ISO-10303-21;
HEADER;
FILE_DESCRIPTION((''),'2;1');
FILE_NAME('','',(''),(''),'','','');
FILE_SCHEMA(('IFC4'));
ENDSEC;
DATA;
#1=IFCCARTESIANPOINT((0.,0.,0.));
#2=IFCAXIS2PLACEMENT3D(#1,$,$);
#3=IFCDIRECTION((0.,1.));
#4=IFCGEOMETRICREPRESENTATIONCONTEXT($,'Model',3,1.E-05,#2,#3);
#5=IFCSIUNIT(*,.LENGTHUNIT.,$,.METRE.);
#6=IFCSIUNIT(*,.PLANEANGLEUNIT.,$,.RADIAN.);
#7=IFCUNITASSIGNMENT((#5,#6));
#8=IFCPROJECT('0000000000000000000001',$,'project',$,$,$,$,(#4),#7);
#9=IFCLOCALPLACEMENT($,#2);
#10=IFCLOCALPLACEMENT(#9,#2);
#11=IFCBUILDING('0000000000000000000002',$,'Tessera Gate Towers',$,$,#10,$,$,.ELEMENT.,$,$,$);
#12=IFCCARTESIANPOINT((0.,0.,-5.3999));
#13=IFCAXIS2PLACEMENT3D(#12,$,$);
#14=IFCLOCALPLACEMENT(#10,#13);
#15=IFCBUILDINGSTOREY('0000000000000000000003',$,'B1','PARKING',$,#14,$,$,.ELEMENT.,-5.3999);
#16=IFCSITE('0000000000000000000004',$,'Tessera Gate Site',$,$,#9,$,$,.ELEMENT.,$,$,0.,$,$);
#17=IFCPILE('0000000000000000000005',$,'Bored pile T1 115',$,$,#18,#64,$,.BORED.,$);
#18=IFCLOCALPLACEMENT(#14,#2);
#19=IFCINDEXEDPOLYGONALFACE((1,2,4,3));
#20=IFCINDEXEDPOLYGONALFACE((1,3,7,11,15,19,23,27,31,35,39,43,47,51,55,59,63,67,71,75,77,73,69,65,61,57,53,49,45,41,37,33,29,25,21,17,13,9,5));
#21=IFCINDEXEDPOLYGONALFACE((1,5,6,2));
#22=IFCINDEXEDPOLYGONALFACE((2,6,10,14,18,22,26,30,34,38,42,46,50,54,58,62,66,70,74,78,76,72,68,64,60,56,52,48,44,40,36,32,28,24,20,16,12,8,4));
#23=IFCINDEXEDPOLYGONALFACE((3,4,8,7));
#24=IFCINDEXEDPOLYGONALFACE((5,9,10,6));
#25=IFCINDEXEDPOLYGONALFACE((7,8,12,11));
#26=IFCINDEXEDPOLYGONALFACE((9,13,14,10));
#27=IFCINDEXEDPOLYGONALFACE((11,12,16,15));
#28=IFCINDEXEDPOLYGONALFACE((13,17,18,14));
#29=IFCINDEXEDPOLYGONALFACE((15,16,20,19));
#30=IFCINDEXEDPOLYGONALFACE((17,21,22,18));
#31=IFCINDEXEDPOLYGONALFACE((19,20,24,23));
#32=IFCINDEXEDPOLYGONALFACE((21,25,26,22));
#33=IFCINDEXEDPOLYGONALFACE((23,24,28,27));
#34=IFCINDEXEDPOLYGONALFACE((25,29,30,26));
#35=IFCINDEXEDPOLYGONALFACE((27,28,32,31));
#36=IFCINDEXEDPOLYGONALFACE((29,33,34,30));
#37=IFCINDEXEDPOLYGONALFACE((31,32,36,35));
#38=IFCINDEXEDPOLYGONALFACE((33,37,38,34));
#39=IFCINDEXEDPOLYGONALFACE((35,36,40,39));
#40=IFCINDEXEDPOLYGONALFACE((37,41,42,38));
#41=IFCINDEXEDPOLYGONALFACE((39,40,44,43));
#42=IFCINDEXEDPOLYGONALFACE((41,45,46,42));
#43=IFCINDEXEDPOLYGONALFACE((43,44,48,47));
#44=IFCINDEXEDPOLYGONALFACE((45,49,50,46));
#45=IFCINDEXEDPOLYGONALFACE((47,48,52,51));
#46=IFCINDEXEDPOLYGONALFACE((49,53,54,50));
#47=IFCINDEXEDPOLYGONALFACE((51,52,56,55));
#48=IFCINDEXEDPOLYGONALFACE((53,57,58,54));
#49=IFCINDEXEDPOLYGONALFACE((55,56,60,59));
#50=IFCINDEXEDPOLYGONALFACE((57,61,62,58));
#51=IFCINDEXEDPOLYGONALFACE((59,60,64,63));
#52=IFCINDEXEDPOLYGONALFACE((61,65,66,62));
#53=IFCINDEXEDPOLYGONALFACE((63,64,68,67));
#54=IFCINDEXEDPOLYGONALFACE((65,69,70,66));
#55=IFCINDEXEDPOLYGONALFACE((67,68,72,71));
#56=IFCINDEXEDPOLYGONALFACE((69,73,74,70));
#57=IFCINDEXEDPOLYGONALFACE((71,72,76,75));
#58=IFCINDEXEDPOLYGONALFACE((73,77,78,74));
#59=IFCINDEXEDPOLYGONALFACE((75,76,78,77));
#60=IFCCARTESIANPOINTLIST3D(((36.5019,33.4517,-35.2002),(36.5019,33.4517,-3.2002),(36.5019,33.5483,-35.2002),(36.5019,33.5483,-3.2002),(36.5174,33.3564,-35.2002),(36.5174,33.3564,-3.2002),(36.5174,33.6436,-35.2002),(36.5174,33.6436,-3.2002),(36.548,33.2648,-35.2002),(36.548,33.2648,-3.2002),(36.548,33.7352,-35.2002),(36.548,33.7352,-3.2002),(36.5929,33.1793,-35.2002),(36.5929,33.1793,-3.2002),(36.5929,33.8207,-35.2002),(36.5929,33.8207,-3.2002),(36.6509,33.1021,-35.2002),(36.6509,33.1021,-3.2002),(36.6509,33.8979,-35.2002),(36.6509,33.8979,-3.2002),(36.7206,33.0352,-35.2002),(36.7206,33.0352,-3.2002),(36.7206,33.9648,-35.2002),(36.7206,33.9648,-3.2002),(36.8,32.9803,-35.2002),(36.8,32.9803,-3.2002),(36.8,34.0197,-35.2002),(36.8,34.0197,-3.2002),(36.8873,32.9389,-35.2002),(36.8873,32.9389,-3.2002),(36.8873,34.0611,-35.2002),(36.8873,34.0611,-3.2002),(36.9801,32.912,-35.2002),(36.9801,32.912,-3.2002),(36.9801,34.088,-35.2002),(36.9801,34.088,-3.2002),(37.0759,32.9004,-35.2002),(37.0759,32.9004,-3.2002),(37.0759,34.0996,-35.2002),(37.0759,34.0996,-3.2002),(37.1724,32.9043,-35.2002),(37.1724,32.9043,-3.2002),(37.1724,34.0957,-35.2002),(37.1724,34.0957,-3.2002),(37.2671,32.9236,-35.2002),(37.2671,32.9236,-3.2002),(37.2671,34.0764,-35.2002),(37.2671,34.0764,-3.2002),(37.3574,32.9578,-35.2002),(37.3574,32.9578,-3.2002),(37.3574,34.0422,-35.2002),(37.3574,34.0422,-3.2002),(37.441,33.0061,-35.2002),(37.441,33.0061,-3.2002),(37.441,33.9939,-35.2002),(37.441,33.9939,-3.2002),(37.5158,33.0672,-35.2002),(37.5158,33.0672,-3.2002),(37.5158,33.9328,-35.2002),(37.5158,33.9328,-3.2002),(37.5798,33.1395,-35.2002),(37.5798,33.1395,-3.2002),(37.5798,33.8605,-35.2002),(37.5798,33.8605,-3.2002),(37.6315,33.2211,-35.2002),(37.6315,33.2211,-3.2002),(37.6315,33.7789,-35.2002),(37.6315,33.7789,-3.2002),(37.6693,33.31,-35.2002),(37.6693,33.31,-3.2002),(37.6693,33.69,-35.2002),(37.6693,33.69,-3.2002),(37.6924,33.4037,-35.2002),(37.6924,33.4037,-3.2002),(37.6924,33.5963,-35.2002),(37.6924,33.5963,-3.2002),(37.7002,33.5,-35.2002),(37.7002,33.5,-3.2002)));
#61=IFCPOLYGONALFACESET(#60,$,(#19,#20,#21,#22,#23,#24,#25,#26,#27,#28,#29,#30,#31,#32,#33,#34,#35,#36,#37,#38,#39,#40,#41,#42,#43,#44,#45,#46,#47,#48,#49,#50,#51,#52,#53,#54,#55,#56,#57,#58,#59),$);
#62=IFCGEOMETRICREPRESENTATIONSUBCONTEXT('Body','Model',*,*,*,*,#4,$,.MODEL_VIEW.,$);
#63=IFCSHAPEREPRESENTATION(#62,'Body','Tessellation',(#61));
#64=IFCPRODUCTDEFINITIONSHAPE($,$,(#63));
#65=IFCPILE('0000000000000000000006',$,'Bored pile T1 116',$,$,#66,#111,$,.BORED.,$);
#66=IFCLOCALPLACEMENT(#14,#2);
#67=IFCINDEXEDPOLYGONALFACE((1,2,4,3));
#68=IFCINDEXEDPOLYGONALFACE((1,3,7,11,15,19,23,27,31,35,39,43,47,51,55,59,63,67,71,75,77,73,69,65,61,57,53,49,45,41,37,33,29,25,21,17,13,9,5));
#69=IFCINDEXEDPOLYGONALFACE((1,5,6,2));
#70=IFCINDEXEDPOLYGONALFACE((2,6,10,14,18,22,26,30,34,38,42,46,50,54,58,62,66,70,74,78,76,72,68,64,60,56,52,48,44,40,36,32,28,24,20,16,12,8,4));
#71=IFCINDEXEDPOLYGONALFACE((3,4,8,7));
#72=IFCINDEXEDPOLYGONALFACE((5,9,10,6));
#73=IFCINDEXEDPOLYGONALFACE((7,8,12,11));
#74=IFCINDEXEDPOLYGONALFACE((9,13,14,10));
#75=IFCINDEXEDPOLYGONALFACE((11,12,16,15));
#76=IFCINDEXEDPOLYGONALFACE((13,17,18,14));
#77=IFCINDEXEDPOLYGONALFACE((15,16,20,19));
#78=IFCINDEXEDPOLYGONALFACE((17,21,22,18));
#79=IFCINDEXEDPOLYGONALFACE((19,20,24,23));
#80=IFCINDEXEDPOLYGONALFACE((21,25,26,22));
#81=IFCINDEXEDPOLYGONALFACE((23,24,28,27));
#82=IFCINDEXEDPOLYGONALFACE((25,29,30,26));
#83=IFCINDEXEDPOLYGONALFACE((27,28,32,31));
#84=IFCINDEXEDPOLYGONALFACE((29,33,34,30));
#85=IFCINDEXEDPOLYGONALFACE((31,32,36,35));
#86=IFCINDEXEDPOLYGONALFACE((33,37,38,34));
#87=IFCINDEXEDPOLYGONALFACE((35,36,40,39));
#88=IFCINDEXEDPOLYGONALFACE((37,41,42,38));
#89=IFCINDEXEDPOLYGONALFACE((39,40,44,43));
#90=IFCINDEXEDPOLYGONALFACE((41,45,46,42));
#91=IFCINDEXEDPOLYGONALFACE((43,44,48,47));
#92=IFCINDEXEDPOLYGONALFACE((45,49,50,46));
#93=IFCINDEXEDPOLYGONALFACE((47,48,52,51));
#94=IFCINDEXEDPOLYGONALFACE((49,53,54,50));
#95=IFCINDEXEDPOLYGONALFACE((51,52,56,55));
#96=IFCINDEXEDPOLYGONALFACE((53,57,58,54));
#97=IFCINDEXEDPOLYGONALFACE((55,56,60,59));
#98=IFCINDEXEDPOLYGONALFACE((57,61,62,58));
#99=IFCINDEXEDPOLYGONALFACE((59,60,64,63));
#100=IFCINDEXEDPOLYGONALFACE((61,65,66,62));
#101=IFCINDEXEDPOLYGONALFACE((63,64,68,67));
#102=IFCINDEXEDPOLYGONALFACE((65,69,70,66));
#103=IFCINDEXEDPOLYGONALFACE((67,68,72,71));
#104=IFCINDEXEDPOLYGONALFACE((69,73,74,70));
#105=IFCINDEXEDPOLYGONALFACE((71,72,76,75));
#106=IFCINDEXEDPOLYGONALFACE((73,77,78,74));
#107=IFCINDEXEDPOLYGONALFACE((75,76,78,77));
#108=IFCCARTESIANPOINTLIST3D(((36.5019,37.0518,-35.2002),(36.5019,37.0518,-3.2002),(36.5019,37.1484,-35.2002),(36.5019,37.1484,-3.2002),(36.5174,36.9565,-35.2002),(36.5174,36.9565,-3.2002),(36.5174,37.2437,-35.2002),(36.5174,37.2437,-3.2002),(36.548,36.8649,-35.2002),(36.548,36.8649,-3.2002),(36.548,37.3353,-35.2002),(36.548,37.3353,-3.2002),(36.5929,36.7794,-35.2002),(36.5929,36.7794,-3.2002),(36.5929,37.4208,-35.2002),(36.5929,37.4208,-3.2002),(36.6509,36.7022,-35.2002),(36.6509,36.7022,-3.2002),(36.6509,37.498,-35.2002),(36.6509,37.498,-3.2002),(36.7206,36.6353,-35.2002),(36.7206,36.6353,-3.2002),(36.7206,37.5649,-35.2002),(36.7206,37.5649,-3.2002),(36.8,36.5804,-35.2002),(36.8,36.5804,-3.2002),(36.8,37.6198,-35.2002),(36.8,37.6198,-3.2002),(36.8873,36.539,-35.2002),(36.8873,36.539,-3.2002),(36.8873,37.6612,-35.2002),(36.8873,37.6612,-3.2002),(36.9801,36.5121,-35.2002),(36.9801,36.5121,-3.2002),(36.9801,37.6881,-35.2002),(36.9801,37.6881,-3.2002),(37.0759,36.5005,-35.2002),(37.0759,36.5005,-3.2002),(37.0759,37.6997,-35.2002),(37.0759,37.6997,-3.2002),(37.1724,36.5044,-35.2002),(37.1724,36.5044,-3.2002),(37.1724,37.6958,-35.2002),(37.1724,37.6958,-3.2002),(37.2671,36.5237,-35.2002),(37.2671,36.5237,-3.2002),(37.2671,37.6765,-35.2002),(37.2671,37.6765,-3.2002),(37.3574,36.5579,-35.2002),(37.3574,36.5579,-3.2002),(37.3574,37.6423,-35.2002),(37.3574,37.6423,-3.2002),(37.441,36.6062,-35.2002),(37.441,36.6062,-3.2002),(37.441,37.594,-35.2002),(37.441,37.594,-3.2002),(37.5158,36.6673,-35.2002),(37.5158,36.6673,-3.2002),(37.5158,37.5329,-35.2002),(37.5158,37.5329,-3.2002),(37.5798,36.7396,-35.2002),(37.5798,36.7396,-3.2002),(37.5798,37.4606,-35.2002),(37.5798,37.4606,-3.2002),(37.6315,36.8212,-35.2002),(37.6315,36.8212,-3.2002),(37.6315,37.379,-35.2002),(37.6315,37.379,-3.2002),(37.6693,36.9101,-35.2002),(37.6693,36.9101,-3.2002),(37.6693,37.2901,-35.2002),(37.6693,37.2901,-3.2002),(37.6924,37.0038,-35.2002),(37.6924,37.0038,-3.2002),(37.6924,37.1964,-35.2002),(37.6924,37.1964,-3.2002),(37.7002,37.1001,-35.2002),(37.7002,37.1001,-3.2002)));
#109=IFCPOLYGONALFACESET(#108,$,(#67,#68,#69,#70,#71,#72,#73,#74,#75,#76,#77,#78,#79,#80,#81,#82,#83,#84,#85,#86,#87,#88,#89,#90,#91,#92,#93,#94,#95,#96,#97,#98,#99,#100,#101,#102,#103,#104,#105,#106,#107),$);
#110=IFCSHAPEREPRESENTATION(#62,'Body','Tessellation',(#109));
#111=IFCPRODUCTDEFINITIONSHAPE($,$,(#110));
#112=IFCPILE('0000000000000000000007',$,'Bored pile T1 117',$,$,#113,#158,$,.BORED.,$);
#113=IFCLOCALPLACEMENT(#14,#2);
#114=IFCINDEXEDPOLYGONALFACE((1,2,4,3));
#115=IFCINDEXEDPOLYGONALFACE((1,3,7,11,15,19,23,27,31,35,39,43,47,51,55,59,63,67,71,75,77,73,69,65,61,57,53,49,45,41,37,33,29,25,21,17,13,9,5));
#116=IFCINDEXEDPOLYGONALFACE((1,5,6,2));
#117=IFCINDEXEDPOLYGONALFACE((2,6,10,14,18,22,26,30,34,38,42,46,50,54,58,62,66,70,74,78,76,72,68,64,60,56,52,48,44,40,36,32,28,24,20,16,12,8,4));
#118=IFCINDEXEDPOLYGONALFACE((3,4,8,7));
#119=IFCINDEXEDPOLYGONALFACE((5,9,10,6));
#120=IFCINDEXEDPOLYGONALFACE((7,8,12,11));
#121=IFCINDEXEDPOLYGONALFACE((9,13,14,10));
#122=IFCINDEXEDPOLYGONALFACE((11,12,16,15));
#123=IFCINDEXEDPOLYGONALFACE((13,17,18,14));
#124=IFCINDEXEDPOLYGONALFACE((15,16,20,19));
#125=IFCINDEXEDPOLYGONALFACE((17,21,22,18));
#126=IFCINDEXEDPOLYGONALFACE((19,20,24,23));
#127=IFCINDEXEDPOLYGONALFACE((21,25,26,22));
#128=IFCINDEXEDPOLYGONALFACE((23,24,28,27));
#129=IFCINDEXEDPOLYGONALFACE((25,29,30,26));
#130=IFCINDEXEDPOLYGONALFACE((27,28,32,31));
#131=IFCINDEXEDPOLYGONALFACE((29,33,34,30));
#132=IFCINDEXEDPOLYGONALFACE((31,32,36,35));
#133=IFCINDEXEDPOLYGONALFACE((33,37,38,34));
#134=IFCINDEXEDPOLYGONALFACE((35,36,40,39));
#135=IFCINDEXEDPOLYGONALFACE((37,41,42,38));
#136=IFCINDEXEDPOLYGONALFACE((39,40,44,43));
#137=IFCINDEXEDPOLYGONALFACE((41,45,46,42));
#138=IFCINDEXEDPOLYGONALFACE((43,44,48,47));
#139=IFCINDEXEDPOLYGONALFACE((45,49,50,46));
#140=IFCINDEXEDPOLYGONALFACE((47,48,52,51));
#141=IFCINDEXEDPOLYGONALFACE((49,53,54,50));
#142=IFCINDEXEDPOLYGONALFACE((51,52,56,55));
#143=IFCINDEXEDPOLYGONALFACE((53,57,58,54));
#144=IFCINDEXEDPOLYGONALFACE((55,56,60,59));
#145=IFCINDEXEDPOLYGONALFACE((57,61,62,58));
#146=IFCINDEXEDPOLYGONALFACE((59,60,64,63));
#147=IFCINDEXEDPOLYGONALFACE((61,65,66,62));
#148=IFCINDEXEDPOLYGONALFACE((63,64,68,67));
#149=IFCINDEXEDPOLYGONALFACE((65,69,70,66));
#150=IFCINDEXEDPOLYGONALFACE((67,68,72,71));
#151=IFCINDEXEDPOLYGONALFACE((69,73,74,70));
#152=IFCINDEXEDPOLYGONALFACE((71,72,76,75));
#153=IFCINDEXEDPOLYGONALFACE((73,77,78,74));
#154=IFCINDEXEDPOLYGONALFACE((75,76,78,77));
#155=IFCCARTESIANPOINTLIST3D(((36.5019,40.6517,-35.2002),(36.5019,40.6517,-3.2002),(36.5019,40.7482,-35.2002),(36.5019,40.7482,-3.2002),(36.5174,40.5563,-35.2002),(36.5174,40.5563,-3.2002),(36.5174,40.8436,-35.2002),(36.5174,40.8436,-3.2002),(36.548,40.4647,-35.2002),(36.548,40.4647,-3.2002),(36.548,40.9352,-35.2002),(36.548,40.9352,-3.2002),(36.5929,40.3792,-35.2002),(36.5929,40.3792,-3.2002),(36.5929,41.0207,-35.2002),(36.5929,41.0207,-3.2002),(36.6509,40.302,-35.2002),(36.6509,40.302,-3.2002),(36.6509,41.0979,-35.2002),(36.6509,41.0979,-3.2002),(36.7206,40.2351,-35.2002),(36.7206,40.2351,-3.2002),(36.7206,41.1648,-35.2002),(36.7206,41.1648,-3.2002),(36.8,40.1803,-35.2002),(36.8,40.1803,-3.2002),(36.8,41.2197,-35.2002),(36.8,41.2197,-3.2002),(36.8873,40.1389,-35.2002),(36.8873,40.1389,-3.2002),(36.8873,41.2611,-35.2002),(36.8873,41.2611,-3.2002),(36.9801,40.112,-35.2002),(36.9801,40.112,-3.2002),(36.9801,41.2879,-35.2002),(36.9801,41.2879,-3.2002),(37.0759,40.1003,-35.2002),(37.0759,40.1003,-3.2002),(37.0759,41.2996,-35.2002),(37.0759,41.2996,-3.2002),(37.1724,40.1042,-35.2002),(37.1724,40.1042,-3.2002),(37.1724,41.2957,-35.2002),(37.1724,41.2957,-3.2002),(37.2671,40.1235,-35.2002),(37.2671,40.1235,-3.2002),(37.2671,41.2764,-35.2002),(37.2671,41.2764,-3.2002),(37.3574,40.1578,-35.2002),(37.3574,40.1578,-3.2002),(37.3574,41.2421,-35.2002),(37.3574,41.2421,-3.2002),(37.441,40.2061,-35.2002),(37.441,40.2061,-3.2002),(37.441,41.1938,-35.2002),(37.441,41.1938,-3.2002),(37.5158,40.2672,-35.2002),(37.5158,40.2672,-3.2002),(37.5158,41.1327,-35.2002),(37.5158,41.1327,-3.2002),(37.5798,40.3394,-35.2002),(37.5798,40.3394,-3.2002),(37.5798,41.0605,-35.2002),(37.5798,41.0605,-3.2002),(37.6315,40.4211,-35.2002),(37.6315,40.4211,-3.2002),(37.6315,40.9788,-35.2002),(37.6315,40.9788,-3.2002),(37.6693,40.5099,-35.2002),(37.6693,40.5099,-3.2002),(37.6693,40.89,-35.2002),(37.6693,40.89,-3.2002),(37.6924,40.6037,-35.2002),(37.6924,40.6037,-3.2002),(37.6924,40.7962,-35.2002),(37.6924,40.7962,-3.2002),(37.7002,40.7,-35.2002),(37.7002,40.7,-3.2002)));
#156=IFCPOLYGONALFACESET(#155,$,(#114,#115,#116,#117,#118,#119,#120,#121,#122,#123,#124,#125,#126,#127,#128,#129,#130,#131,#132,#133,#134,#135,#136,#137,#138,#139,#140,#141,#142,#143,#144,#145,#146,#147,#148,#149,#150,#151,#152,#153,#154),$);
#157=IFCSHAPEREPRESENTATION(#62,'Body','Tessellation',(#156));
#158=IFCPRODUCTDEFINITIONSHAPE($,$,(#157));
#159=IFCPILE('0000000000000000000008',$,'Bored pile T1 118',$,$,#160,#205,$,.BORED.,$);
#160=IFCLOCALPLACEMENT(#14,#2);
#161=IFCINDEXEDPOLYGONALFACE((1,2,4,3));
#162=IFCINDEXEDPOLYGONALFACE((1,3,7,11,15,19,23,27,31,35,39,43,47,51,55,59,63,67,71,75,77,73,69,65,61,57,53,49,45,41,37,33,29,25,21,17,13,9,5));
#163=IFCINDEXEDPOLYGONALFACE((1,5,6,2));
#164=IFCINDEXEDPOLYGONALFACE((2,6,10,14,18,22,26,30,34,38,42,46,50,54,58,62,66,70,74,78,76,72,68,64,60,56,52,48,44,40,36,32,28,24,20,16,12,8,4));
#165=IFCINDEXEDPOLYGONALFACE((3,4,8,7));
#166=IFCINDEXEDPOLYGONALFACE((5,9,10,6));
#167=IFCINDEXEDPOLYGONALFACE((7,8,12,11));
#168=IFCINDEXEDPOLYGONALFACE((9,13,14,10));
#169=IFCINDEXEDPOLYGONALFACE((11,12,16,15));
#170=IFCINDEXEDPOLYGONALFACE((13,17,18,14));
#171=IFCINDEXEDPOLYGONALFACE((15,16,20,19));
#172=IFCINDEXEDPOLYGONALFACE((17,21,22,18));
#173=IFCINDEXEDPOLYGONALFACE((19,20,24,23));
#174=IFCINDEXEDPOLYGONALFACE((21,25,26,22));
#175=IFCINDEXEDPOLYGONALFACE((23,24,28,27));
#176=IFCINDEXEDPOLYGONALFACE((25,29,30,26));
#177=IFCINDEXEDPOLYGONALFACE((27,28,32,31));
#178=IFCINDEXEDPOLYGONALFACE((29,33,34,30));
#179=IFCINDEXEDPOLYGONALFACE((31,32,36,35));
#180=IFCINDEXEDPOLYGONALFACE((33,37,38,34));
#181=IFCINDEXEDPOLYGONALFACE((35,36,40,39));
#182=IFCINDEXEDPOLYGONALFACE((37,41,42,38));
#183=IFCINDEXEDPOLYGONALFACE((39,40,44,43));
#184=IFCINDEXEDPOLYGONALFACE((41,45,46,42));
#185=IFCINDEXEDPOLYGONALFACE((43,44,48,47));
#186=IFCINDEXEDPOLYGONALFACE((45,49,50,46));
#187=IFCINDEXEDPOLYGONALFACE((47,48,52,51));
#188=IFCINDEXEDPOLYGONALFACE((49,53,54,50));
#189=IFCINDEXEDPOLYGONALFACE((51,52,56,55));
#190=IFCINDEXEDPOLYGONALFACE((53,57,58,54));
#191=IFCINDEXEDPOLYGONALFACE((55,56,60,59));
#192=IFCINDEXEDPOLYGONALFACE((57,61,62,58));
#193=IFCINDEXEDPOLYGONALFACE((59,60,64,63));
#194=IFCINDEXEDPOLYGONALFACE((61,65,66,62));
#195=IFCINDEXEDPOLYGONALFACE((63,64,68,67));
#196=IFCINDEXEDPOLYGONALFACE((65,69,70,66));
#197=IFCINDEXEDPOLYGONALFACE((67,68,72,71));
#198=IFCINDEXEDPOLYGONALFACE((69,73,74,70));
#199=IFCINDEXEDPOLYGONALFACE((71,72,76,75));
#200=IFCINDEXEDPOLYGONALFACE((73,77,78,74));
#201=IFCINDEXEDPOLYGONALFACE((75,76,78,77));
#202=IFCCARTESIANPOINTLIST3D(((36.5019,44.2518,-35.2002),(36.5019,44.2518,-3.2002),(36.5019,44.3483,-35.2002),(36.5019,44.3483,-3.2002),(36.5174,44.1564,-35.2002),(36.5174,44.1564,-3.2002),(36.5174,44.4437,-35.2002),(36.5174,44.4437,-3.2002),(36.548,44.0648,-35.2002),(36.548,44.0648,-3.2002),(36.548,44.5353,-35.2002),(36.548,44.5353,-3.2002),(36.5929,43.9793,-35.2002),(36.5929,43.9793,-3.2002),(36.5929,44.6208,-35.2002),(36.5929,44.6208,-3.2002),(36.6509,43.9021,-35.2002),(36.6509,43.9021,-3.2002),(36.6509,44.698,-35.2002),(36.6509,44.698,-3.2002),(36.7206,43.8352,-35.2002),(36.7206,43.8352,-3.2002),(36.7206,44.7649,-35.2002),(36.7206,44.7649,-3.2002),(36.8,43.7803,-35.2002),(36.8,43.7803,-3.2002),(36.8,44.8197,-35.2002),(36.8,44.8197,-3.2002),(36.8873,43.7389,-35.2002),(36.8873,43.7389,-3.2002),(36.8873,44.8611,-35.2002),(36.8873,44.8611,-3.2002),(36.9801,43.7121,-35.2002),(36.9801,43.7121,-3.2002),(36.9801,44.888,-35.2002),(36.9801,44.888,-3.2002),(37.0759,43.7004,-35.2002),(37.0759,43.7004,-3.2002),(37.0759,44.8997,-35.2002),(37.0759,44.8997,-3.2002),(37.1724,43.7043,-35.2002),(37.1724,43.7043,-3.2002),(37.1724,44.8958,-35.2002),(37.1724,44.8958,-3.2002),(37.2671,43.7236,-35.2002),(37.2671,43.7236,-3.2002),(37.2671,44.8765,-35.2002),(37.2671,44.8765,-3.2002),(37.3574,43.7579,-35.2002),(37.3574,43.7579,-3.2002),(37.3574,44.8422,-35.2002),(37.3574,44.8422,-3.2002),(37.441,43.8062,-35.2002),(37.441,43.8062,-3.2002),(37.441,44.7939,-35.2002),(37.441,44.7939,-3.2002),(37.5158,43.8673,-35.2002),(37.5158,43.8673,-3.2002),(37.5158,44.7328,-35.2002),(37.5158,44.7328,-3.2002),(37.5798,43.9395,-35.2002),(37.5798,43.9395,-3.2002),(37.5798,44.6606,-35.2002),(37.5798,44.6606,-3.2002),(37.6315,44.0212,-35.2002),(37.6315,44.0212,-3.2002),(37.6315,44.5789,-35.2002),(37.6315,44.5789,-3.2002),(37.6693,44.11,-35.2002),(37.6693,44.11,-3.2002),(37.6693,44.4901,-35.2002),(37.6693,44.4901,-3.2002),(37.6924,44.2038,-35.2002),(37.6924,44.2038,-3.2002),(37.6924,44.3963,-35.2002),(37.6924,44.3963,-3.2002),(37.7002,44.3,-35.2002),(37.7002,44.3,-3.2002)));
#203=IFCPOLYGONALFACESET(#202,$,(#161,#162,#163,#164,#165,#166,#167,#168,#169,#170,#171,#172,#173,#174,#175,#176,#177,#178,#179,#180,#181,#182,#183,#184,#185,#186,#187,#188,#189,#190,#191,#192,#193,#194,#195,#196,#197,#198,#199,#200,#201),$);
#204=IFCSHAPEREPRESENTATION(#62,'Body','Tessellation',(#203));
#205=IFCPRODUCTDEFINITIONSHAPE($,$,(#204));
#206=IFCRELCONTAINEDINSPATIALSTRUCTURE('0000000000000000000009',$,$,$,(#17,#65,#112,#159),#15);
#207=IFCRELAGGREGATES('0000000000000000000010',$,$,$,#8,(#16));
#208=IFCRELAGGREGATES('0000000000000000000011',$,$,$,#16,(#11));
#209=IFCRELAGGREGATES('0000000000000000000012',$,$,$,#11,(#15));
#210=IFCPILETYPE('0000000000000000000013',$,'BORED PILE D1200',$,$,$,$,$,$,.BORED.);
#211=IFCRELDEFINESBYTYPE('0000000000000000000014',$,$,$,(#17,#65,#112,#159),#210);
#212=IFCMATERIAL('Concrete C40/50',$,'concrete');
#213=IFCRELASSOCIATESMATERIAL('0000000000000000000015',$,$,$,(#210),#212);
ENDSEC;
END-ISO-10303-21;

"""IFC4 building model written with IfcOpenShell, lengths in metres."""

from ifc_helpers import new_model, si_unit, direction, frame, origin, origin_2d, place, context, subcontext, project, spatial, circle, extrude, material, material_profile, profile_set, type_object, element, save


model = new_model("IFC4")

# Units and contexts
model_context = context("Model", 3, precision=1e-05, world=origin(), true_north=direction((0.0, 1.0)))
body_context = subcontext(model_context, "Body", "Model", "MODEL_VIEW")
ifc_project = project(units=[si_unit("LENGTHUNIT", "METRE"), si_unit("PLANEANGLEUNIT", "RADIAN")], contexts=[model_context])

# Site, building, storey
site_placement = place(None, origin())
site = spatial("IfcSite", under=ifc_project, at=site_placement, Name="Tessera Gate Site", CompositionType="ELEMENT", RefElevation=0.0)
building_placement = place(site_placement, origin())
building = spatial("IfcBuilding", under=site, at=building_placement, Name="Tessera Gate Towers", CompositionType="ELEMENT")
storey_placement = place(building_placement, frame((0.0, 0.0, -5.3999)))
storey = spatial("IfcBuildingStorey", under=building, at=storey_placement, Name="B1", Description="PARKING", CompositionType="ELEMENT", Elevation=-5.3999)

# Piles
ifc_material_1 = material(Name="Concrete C40/50", Category="concrete")
ifc_material_profile = material_profile(ifc_material_1, circle(Radius=0.6001, at=origin_2d()), Name="BORED PILE D1200")
ifc_profile_set = profile_set([ifc_material_profile], Name="Concrete C40/50")
pile_type = type_object("IfcPileType", Name="BORED PILE D1200", PredefinedType="BORED", material=ifc_profile_set)
for number, where, z_axis, x_axis, name in (
    (1, (37.1001, 33.5, -3.2002), (0.0, 0.0, -1.0), (1.0, 0.0, 0.0), "Bored pile T1 115"),
    (2, (37.1001, 37.1001, -3.2002), (0.0, 0.0, -1.0), (1.0, 0.0, 0.0), "Bored pile T1 116"),
    (3, (37.1001, 40.7, -3.2002), (0.0, 0.0, -1.0), (1.0, 0.0, 0.0), "Bored pile T1 117"),
    (4, (37.1001, 44.3, -3.2002), (0.0, 0.0, -1.0), (1.0, 0.0, 0.0), "Bored pile T1 118"),
):
    element("IfcPile", number, at=place(storey_placement, frame(where, z_axis=z_axis, x_axis=x_axis)), inside=storey, type_object=pile_type, Name=name, PredefinedType="BORED", context=body_context, shape_type="SweptSolid", body=[
        extrude(circle(Radius=0.6001, at=origin_2d()), origin(), (0.0, 0.0, 1.0), 32.0),
    ])

save(model, "model.ifc")
